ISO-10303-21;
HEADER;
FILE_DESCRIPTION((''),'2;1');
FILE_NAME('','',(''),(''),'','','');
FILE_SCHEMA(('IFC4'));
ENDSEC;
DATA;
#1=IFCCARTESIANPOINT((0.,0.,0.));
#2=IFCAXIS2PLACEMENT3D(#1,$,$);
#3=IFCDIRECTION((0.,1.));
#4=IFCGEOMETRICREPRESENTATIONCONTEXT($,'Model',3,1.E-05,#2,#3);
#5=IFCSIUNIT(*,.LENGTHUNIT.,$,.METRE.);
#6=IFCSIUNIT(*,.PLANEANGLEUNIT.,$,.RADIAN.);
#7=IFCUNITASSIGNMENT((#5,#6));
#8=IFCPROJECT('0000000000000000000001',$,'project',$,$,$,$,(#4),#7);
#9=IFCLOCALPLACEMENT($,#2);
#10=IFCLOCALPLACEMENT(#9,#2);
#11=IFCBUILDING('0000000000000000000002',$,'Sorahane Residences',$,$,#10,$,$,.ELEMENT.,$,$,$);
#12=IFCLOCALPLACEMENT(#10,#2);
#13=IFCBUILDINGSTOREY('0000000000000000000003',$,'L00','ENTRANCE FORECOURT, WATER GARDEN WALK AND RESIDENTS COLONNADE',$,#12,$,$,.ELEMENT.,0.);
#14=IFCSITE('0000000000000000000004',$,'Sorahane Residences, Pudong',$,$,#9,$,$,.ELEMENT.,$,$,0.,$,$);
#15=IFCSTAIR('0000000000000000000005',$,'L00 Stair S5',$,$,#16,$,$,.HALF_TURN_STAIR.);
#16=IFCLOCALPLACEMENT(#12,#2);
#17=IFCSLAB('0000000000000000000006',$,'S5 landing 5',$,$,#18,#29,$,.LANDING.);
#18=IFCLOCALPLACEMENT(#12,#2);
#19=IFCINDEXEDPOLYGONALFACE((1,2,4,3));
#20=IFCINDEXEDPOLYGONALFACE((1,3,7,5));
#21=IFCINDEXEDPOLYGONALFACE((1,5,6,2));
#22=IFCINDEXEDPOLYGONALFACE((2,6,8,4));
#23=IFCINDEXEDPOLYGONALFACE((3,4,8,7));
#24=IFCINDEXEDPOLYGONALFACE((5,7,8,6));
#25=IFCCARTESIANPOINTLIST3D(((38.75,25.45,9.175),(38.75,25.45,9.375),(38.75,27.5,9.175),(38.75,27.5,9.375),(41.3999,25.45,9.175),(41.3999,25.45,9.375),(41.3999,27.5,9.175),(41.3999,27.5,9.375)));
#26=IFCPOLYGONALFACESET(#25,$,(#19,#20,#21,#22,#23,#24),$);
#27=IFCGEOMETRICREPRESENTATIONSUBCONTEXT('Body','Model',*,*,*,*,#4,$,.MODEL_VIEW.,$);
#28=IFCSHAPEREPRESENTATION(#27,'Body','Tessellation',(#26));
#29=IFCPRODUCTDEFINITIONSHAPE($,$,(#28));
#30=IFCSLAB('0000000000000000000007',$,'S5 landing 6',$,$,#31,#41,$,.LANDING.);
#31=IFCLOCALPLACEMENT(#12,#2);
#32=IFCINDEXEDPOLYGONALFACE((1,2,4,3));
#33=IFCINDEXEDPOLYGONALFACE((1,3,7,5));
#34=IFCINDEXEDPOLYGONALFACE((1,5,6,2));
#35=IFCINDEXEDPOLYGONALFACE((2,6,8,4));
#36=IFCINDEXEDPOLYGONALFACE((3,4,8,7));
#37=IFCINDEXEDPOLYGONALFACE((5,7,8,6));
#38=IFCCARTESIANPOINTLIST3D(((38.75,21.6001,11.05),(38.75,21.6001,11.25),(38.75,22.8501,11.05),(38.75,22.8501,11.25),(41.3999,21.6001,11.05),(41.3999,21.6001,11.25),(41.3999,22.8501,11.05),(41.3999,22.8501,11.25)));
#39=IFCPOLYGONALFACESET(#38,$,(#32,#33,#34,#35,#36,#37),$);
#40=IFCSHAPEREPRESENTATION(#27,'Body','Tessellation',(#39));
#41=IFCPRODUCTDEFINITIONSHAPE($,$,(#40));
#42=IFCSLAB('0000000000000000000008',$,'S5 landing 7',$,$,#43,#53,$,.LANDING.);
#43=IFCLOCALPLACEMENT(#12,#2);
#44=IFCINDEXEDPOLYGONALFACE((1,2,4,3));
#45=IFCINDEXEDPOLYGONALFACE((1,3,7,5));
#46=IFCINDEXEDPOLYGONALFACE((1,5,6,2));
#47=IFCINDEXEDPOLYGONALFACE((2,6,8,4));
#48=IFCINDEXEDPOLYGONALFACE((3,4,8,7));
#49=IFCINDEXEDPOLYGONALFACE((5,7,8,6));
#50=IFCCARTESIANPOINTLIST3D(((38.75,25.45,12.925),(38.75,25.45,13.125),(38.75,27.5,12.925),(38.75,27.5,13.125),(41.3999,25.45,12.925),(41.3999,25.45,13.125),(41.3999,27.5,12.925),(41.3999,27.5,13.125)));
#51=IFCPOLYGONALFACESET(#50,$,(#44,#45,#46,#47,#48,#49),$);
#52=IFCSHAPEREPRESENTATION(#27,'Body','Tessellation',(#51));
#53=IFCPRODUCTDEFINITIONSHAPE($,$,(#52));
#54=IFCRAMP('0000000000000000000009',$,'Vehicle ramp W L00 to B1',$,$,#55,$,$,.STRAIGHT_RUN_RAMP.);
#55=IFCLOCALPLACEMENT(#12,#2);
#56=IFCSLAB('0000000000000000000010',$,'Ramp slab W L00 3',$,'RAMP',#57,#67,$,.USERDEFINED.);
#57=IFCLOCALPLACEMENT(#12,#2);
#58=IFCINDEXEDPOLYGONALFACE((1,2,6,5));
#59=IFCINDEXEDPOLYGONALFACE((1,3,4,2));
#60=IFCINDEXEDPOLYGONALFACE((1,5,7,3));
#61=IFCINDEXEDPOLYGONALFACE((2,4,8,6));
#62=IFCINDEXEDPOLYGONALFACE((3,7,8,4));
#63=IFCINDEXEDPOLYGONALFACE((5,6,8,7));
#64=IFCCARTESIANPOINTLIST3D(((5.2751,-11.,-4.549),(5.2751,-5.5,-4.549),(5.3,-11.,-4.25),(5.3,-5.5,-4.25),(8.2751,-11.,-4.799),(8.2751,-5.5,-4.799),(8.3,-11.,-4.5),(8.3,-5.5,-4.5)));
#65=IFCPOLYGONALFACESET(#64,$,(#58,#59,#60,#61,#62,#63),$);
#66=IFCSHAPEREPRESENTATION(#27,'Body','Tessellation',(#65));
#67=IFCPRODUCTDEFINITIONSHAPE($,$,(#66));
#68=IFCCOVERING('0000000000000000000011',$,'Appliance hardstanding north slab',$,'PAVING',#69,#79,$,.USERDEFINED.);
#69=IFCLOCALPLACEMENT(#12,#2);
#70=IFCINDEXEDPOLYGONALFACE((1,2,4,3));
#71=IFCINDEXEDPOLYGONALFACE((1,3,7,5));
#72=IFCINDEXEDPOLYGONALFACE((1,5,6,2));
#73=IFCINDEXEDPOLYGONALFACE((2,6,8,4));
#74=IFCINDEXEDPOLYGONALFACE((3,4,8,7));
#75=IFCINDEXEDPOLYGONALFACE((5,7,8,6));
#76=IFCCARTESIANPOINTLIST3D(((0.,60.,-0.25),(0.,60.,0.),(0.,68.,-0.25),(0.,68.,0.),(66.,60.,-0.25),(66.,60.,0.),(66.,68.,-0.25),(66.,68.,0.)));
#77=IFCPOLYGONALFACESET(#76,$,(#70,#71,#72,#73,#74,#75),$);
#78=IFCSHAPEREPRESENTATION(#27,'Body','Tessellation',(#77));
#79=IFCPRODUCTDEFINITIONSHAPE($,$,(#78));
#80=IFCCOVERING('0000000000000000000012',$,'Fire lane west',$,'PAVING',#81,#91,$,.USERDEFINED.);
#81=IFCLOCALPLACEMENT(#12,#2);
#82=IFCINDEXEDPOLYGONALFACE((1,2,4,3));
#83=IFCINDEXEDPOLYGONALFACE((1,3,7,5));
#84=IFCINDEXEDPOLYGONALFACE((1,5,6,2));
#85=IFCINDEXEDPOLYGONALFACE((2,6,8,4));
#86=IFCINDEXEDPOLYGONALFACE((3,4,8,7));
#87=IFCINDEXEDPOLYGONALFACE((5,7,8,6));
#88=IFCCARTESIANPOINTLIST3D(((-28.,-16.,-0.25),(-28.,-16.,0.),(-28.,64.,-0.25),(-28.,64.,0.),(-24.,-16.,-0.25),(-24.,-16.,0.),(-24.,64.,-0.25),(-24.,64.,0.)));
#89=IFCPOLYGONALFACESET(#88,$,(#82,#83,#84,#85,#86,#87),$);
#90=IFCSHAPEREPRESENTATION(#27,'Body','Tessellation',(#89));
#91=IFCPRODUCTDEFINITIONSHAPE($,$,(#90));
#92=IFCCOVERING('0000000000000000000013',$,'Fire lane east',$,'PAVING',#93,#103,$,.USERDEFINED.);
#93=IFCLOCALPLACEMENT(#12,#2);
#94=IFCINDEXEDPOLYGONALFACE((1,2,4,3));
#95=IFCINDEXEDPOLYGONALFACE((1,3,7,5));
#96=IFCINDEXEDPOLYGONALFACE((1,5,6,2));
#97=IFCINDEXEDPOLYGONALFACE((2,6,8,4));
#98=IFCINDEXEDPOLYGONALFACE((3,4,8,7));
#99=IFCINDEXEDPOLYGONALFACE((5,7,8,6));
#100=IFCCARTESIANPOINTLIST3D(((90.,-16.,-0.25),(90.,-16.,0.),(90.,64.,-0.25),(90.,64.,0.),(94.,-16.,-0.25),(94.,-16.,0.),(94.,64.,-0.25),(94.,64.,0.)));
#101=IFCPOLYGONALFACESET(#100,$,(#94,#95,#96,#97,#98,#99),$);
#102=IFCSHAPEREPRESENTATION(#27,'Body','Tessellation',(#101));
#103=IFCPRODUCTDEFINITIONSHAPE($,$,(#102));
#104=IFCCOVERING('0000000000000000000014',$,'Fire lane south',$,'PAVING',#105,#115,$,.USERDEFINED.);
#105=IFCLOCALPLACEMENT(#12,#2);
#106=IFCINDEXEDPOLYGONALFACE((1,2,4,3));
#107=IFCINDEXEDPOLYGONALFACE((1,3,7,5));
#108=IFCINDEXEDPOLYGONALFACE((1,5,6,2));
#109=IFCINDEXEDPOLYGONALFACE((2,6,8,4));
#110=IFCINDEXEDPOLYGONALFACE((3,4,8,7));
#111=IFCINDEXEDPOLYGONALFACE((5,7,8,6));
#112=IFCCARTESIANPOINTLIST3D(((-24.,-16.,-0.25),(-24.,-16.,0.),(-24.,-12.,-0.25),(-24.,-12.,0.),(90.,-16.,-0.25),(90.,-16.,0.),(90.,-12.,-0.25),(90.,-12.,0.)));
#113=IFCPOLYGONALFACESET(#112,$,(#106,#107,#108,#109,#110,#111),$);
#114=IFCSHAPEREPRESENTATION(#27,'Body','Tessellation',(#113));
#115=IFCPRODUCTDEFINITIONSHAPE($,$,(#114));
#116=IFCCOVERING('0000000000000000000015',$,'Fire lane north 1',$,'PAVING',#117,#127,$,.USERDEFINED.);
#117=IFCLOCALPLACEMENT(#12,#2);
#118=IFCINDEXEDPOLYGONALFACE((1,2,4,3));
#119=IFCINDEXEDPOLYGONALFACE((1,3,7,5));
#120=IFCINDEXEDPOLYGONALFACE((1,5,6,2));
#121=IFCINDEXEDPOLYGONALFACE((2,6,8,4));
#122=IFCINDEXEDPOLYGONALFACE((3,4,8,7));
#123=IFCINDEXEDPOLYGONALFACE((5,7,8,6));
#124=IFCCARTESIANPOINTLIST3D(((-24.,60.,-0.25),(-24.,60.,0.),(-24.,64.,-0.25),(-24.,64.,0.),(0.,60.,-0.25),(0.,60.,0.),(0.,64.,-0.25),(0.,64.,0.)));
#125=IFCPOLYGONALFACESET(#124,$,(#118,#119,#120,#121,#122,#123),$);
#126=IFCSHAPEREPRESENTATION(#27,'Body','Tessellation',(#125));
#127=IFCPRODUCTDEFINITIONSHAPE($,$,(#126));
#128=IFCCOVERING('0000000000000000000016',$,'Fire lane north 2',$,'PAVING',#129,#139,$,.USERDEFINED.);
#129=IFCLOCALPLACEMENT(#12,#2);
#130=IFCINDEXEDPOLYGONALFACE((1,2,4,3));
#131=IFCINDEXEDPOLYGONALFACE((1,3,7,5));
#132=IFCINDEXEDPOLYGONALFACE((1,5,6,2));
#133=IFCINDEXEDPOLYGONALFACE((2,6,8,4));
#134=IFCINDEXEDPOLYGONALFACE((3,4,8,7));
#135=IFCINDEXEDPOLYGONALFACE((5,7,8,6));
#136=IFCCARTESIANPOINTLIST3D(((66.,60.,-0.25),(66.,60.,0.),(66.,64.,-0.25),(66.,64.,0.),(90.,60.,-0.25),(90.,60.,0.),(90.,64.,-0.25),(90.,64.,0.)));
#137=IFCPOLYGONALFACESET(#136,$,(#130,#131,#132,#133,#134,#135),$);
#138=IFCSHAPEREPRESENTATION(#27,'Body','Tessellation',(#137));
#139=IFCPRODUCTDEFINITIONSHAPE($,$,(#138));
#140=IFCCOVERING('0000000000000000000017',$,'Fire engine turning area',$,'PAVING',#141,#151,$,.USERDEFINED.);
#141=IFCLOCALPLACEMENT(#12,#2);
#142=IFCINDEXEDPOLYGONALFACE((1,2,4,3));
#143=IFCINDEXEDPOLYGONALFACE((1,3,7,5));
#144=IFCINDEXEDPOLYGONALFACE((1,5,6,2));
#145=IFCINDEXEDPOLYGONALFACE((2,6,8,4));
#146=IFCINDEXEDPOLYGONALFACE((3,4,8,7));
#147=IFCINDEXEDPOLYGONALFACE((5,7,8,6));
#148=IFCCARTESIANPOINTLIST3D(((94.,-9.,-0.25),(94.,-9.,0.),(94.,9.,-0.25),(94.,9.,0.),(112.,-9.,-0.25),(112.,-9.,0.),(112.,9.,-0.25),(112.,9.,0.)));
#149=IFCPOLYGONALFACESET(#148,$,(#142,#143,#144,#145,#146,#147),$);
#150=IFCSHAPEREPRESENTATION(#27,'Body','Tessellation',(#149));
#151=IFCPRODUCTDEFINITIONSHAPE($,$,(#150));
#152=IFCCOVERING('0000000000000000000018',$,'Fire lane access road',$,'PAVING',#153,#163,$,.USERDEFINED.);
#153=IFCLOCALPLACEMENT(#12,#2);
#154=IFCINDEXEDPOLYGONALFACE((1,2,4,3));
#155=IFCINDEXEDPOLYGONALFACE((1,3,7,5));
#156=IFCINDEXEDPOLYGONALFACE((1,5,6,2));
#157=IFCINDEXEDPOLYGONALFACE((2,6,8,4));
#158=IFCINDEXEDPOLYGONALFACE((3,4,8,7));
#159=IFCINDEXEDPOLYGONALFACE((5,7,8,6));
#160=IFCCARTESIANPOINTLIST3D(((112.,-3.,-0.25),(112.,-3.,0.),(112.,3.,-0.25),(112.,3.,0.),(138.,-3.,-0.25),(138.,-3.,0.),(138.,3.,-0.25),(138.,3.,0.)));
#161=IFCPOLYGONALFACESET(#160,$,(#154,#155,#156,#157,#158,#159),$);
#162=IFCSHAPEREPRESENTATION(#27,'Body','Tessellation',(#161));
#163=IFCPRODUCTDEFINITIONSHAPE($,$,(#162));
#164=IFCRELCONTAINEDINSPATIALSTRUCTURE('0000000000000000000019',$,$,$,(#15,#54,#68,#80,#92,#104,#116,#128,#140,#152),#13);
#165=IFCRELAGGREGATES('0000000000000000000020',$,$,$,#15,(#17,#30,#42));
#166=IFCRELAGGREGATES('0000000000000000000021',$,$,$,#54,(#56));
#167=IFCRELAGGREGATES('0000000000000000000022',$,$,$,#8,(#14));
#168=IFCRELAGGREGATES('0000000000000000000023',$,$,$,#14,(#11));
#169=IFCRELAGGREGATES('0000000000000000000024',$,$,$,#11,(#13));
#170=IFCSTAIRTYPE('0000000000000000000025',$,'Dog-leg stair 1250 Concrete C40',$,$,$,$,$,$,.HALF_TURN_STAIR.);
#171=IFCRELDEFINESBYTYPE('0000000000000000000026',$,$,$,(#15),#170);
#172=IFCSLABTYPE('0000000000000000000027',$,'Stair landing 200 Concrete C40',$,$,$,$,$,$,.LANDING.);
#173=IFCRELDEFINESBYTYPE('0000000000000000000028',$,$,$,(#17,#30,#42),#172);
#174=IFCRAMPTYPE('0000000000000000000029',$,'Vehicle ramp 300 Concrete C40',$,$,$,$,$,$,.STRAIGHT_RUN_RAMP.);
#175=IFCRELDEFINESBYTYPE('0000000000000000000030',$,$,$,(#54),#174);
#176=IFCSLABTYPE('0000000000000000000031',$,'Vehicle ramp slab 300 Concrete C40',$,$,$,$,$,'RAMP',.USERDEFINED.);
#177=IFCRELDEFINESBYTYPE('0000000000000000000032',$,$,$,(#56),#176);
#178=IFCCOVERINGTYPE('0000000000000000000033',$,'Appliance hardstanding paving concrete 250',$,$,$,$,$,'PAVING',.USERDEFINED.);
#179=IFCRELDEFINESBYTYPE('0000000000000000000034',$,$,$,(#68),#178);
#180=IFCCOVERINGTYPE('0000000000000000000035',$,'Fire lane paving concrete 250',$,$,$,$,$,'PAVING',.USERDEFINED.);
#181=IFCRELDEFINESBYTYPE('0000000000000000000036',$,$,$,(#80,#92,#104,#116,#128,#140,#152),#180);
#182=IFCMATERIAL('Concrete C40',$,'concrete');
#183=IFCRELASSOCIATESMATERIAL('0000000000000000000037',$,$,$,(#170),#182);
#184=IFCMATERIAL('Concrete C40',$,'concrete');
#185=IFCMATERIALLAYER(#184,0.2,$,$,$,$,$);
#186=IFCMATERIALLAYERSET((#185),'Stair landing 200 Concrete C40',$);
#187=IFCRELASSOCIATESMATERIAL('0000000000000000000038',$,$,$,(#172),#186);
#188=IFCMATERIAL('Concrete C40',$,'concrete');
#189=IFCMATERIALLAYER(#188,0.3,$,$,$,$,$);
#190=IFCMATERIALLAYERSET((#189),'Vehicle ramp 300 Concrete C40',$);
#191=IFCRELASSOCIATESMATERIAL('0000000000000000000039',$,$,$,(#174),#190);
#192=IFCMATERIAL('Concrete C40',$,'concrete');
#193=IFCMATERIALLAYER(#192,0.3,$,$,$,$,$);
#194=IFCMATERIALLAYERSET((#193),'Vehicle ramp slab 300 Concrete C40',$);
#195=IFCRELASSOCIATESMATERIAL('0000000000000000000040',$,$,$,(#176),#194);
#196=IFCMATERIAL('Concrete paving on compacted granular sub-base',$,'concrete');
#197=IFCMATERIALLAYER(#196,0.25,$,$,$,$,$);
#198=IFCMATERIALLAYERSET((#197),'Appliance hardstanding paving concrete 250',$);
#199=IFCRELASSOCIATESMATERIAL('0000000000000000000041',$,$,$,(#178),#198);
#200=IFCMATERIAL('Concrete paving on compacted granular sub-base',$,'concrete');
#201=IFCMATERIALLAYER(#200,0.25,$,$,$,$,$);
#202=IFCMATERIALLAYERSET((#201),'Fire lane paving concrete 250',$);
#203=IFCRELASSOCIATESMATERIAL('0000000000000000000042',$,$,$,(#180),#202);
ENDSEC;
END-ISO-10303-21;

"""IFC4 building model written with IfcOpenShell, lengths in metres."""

from ifc_helpers import new_model, si_unit, direction, frame, origin, place, context, subcontext, project, spatial, polyline, outline, extrude, material, layer, layer_set, type_object, element, aggregate, save


model = new_model("IFC4")

# Units and contexts
model_context = context("Model", 3, precision=1e-05, world=origin(), true_north=direction((0.0, 1.0)))
body_context = subcontext(model_context, "Body", "Model", "MODEL_VIEW")
ifc_project = project(units=[si_unit("LENGTHUNIT", "METRE"), si_unit("PLANEANGLEUNIT", "RADIAN")], contexts=[model_context])

# Site, building, storey
site_placement = place(None, origin())
site = spatial("IfcSite", under=ifc_project, at=site_placement, Name="Sorahane Residences, Pudong", CompositionType="ELEMENT", RefElevation=0.0)
building_placement = place(site_placement, origin())
building = spatial("IfcBuilding", under=site, at=building_placement, Name="Sorahane Residences", CompositionType="ELEMENT")
storey_placement = place(building_placement, origin())
storey = spatial("IfcBuildingStorey", under=building, at=storey_placement, Name="L00", Description="ENTRANCE FORECOURT, WATER GARDEN WALK AND RESIDENTS COLONNADE", CompositionType="ELEMENT", Elevation=0.0)

# Stair, slabs
ifc_material_1 = material(Name="Concrete C40", Category="concrete")
stair_type = type_object("IfcStairType", Name="Dog-leg stair 1250 Concrete C40", PredefinedType="HALF_TURN_STAIR", material=ifc_material_1)
stair_placement = place(storey_placement, origin())
stair = element("IfcStair", 1, at=stair_placement, inside=storey, type_object=stair_type, Name="L00 Stair S5", PredefinedType="HALF_TURN_STAIR")
ifc_material_2 = material(Name="Concrete C40", Category="concrete")
ifc_layer_1 = layer(ifc_material_2, 0.2)
ifc_layer_set_1 = layer_set([ifc_layer_1], Name="Stair landing 200 Concrete C40")
slab_type_1 = type_object("IfcSlabType", Name="Stair landing 200 Concrete C40", PredefinedType="LANDING", material=ifc_layer_set_1)
slab_1_placement = place(storey_placement, frame((0.0, 0.0, 9.175)))
slab_1 = element("IfcSlab", 2, at=slab_1_placement, type_object=slab_type_1, Name="S5 landing 5", PredefinedType="LANDING", context=body_context, shape_type="SweptSolid", body=[
    extrude(outline(polyline([(41.3999, 25.45), (41.3999, 27.5), (38.75, 27.5), (38.75, 25.45), (41.3999, 25.45)])), origin(), (0.0, 0.0, 1.0), 0.2),
])
slab_2_placement = place(storey_placement, frame((0.0, 0.0, 11.05)))
slab_2 = element("IfcSlab", 3, at=slab_2_placement, type_object=slab_type_1, Name="S5 landing 6", PredefinedType="LANDING", context=body_context, shape_type="SweptSolid", body=[
    extrude(outline(polyline([(41.3999, 21.6001), (41.3999, 22.8501), (38.75, 22.8501), (38.75, 21.6001), (41.3999, 21.6001)])), origin(), (0.0, 0.0, 1.0), 0.2),
])
slab_3_placement = place(storey_placement, frame((0.0, 0.0, 12.925)))
slab_3 = element("IfcSlab", 4, at=slab_3_placement, type_object=slab_type_1, Name="S5 landing 7", PredefinedType="LANDING", context=body_context, shape_type="SweptSolid", body=[
    extrude(outline(polyline([(41.3999, 25.45), (41.3999, 27.5), (38.75, 27.5), (38.75, 25.45), (41.3999, 25.45)])), origin(), (0.0, 0.0, 1.0), 0.2),
])
aggregate(stair, [slab_1, slab_2, slab_3])

# Ramp, slab
ifc_material_3 = material(Name="Concrete C40", Category="concrete")
ifc_layer_2 = layer(ifc_material_3, 0.3)
ifc_layer_set_2 = layer_set([ifc_layer_2], Name="Vehicle ramp 300 Concrete C40")
ramp_type = type_object("IfcRampType", Name="Vehicle ramp 300 Concrete C40", PredefinedType="STRAIGHT_RUN_RAMP", material=ifc_layer_set_2)
ramp_placement = place(storey_placement, origin())
ramp = element("IfcRamp", 5, at=ramp_placement, inside=storey, type_object=ramp_type, Name="Vehicle ramp W L00 to B1", PredefinedType="STRAIGHT_RUN_RAMP")
ifc_material_4 = material(Name="Concrete C40", Category="concrete")
ifc_layer_3 = layer(ifc_material_4, 0.3)
ifc_layer_set_3 = layer_set([ifc_layer_3], Name="Vehicle ramp slab 300 Concrete C40")
slab_type_2 = type_object("IfcSlabType", Name="Vehicle ramp slab 300 Concrete C40", ElementType="RAMP", PredefinedType="USERDEFINED", material=ifc_layer_set_3)
slab_4_placement = place(storey_placement, frame((5.3, -11.0, -4.25), z_axis=(0.083045, 0.0, 0.996546), x_axis=(0.996546, 0.0, -0.083045)))
slab_4 = element("IfcSlab", 6, at=slab_4_placement, type_object=slab_type_2, Name="Ramp slab W L00 3", ObjectType="RAMP", PredefinedType="USERDEFINED", context=body_context, shape_type="SweptSolid", body=[
    extrude(outline(polyline([(0.0, 0.0), (3.0104, 0.0), (3.0104, 5.5), (0.0, 5.5), (0.0, 0.0)])), origin(), (0.0, 0.0, -1.0), 0.3),
])
aggregate(ramp, [slab_4])

# Coverings
ifc_material_5 = material(Name="Concrete paving on compacted granular sub-base", Category="concrete")
ifc_layer_4 = layer(ifc_material_5, 0.25)
ifc_layer_set_4 = layer_set([ifc_layer_4], Name="Appliance hardstanding paving concrete 250")
covering_type_1 = type_object("IfcCoveringType", Name="Appliance hardstanding paving concrete 250", ElementType="PAVING", PredefinedType="USERDEFINED", material=ifc_layer_set_4)
covering_1_placement = place(storey_placement, frame((0.0, 0.0, -0.25)))
element("IfcCovering", 7, at=covering_1_placement, inside=storey, type_object=covering_type_1, Name="Appliance hardstanding north slab", ObjectType="PAVING", PredefinedType="USERDEFINED", context=body_context, shape_type="SweptSolid", body=[
    extrude(outline(polyline([(0.0, 68.0), (66.0, 68.0), (66.0, 60.0), (0.0, 60.0), (0.0, 68.0)])), origin(), (0.0, 0.0, 1.0), 0.25),
])
ifc_material_6 = material(Name="Concrete paving on compacted granular sub-base", Category="concrete")
ifc_layer_5 = layer(ifc_material_6, 0.25)
ifc_layer_set_5 = layer_set([ifc_layer_5], Name="Fire lane paving concrete 250")
covering_type_2 = type_object("IfcCoveringType", Name="Fire lane paving concrete 250", ElementType="PAVING", PredefinedType="USERDEFINED", material=ifc_layer_set_5)
covering_2_placement = place(storey_placement, frame((0.0, 0.0, -0.25)))
element("IfcCovering", 8, at=covering_2_placement, inside=storey, type_object=covering_type_2, Name="Fire lane west", ObjectType="PAVING", PredefinedType="USERDEFINED", context=body_context, shape_type="SweptSolid", body=[
    extrude(outline(polyline([(-24.0, -16.0), (-24.0, 64.0), (-28.0, 64.0), (-28.0, -16.0), (-24.0, -16.0)])), origin(), (0.0, 0.0, 1.0), 0.25),
])
covering_3_placement = place(storey_placement, frame((0.0, 0.0, -0.25)))
element("IfcCovering", 9, at=covering_3_placement, inside=storey, type_object=covering_type_2, Name="Fire lane east", ObjectType="PAVING", PredefinedType="USERDEFINED", context=body_context, shape_type="SweptSolid", body=[
    extrude(outline(polyline([(94.0, -16.0), (94.0, 64.0), (90.0, 64.0), (90.0, -16.0), (94.0, -16.0)])), origin(), (0.0, 0.0, 1.0), 0.25),
])
covering_4_placement = place(storey_placement, frame((0.0, 0.0, -0.25)))
element("IfcCovering", 10, at=covering_4_placement, inside=storey, type_object=covering_type_2, Name="Fire lane south", ObjectType="PAVING", PredefinedType="USERDEFINED", context=body_context, shape_type="SweptSolid", body=[
    extrude(outline(polyline([(90.0, -16.0), (90.0, -12.0), (-24.0, -12.0), (-24.0, -16.0), (90.0, -16.0)])), origin(), (0.0, 0.0, 1.0), 0.25),
])
covering_5_placement = place(storey_placement, frame((0.0, 0.0, -0.25)))
element("IfcCovering", 11, at=covering_5_placement, inside=storey, type_object=covering_type_2, Name="Fire lane north 1", ObjectType="PAVING", PredefinedType="USERDEFINED", context=body_context, shape_type="SweptSolid", body=[
    extrude(outline(polyline([(-24.0, 60.0), (-24.0, 64.0), (0.0, 64.0), (0.0, 60.0), (-24.0, 60.0)])), origin(), (0.0, 0.0, 1.0), 0.25),
])
covering_6_placement = place(storey_placement, frame((0.0, 0.0, -0.25)))
element("IfcCovering", 12, at=covering_6_placement, inside=storey, type_object=covering_type_2, Name="Fire lane north 2", ObjectType="PAVING", PredefinedType="USERDEFINED", context=body_context, shape_type="SweptSolid", body=[
    extrude(outline(polyline([(90.0, 64.0), (90.0, 60.0), (66.0, 60.0), (66.0, 64.0), (90.0, 64.0)])), origin(), (0.0, 0.0, 1.0), 0.25),
])
covering_7_placement = place(storey_placement, frame((0.0, 0.0, -0.25)))
element("IfcCovering", 13, at=covering_7_placement, inside=storey, type_object=covering_type_2, Name="Fire engine turning area", ObjectType="PAVING", PredefinedType="USERDEFINED", context=body_context, shape_type="SweptSolid", body=[
    extrude(outline(polyline([(112.0, -9.0), (112.0, 9.0), (94.0, 9.0), (94.0, -9.0), (112.0, -9.0)])), origin(), (0.0, 0.0, 1.0), 0.25),
])
covering_8_placement = place(storey_placement, frame((0.0, 0.0, -0.25)))
element("IfcCovering", 14, at=covering_8_placement, inside=storey, type_object=covering_type_2, Name="Fire lane access road", ObjectType="PAVING", PredefinedType="USERDEFINED", context=body_context, shape_type="SweptSolid", body=[
    extrude(outline(polyline([(138.0, -3.0), (138.0, 3.0), (112.0, 3.0), (112.0, -3.0), (138.0, -3.0)])), origin(), (0.0, 0.0, 1.0), 0.25),
])

save(model, "model.ifc")
